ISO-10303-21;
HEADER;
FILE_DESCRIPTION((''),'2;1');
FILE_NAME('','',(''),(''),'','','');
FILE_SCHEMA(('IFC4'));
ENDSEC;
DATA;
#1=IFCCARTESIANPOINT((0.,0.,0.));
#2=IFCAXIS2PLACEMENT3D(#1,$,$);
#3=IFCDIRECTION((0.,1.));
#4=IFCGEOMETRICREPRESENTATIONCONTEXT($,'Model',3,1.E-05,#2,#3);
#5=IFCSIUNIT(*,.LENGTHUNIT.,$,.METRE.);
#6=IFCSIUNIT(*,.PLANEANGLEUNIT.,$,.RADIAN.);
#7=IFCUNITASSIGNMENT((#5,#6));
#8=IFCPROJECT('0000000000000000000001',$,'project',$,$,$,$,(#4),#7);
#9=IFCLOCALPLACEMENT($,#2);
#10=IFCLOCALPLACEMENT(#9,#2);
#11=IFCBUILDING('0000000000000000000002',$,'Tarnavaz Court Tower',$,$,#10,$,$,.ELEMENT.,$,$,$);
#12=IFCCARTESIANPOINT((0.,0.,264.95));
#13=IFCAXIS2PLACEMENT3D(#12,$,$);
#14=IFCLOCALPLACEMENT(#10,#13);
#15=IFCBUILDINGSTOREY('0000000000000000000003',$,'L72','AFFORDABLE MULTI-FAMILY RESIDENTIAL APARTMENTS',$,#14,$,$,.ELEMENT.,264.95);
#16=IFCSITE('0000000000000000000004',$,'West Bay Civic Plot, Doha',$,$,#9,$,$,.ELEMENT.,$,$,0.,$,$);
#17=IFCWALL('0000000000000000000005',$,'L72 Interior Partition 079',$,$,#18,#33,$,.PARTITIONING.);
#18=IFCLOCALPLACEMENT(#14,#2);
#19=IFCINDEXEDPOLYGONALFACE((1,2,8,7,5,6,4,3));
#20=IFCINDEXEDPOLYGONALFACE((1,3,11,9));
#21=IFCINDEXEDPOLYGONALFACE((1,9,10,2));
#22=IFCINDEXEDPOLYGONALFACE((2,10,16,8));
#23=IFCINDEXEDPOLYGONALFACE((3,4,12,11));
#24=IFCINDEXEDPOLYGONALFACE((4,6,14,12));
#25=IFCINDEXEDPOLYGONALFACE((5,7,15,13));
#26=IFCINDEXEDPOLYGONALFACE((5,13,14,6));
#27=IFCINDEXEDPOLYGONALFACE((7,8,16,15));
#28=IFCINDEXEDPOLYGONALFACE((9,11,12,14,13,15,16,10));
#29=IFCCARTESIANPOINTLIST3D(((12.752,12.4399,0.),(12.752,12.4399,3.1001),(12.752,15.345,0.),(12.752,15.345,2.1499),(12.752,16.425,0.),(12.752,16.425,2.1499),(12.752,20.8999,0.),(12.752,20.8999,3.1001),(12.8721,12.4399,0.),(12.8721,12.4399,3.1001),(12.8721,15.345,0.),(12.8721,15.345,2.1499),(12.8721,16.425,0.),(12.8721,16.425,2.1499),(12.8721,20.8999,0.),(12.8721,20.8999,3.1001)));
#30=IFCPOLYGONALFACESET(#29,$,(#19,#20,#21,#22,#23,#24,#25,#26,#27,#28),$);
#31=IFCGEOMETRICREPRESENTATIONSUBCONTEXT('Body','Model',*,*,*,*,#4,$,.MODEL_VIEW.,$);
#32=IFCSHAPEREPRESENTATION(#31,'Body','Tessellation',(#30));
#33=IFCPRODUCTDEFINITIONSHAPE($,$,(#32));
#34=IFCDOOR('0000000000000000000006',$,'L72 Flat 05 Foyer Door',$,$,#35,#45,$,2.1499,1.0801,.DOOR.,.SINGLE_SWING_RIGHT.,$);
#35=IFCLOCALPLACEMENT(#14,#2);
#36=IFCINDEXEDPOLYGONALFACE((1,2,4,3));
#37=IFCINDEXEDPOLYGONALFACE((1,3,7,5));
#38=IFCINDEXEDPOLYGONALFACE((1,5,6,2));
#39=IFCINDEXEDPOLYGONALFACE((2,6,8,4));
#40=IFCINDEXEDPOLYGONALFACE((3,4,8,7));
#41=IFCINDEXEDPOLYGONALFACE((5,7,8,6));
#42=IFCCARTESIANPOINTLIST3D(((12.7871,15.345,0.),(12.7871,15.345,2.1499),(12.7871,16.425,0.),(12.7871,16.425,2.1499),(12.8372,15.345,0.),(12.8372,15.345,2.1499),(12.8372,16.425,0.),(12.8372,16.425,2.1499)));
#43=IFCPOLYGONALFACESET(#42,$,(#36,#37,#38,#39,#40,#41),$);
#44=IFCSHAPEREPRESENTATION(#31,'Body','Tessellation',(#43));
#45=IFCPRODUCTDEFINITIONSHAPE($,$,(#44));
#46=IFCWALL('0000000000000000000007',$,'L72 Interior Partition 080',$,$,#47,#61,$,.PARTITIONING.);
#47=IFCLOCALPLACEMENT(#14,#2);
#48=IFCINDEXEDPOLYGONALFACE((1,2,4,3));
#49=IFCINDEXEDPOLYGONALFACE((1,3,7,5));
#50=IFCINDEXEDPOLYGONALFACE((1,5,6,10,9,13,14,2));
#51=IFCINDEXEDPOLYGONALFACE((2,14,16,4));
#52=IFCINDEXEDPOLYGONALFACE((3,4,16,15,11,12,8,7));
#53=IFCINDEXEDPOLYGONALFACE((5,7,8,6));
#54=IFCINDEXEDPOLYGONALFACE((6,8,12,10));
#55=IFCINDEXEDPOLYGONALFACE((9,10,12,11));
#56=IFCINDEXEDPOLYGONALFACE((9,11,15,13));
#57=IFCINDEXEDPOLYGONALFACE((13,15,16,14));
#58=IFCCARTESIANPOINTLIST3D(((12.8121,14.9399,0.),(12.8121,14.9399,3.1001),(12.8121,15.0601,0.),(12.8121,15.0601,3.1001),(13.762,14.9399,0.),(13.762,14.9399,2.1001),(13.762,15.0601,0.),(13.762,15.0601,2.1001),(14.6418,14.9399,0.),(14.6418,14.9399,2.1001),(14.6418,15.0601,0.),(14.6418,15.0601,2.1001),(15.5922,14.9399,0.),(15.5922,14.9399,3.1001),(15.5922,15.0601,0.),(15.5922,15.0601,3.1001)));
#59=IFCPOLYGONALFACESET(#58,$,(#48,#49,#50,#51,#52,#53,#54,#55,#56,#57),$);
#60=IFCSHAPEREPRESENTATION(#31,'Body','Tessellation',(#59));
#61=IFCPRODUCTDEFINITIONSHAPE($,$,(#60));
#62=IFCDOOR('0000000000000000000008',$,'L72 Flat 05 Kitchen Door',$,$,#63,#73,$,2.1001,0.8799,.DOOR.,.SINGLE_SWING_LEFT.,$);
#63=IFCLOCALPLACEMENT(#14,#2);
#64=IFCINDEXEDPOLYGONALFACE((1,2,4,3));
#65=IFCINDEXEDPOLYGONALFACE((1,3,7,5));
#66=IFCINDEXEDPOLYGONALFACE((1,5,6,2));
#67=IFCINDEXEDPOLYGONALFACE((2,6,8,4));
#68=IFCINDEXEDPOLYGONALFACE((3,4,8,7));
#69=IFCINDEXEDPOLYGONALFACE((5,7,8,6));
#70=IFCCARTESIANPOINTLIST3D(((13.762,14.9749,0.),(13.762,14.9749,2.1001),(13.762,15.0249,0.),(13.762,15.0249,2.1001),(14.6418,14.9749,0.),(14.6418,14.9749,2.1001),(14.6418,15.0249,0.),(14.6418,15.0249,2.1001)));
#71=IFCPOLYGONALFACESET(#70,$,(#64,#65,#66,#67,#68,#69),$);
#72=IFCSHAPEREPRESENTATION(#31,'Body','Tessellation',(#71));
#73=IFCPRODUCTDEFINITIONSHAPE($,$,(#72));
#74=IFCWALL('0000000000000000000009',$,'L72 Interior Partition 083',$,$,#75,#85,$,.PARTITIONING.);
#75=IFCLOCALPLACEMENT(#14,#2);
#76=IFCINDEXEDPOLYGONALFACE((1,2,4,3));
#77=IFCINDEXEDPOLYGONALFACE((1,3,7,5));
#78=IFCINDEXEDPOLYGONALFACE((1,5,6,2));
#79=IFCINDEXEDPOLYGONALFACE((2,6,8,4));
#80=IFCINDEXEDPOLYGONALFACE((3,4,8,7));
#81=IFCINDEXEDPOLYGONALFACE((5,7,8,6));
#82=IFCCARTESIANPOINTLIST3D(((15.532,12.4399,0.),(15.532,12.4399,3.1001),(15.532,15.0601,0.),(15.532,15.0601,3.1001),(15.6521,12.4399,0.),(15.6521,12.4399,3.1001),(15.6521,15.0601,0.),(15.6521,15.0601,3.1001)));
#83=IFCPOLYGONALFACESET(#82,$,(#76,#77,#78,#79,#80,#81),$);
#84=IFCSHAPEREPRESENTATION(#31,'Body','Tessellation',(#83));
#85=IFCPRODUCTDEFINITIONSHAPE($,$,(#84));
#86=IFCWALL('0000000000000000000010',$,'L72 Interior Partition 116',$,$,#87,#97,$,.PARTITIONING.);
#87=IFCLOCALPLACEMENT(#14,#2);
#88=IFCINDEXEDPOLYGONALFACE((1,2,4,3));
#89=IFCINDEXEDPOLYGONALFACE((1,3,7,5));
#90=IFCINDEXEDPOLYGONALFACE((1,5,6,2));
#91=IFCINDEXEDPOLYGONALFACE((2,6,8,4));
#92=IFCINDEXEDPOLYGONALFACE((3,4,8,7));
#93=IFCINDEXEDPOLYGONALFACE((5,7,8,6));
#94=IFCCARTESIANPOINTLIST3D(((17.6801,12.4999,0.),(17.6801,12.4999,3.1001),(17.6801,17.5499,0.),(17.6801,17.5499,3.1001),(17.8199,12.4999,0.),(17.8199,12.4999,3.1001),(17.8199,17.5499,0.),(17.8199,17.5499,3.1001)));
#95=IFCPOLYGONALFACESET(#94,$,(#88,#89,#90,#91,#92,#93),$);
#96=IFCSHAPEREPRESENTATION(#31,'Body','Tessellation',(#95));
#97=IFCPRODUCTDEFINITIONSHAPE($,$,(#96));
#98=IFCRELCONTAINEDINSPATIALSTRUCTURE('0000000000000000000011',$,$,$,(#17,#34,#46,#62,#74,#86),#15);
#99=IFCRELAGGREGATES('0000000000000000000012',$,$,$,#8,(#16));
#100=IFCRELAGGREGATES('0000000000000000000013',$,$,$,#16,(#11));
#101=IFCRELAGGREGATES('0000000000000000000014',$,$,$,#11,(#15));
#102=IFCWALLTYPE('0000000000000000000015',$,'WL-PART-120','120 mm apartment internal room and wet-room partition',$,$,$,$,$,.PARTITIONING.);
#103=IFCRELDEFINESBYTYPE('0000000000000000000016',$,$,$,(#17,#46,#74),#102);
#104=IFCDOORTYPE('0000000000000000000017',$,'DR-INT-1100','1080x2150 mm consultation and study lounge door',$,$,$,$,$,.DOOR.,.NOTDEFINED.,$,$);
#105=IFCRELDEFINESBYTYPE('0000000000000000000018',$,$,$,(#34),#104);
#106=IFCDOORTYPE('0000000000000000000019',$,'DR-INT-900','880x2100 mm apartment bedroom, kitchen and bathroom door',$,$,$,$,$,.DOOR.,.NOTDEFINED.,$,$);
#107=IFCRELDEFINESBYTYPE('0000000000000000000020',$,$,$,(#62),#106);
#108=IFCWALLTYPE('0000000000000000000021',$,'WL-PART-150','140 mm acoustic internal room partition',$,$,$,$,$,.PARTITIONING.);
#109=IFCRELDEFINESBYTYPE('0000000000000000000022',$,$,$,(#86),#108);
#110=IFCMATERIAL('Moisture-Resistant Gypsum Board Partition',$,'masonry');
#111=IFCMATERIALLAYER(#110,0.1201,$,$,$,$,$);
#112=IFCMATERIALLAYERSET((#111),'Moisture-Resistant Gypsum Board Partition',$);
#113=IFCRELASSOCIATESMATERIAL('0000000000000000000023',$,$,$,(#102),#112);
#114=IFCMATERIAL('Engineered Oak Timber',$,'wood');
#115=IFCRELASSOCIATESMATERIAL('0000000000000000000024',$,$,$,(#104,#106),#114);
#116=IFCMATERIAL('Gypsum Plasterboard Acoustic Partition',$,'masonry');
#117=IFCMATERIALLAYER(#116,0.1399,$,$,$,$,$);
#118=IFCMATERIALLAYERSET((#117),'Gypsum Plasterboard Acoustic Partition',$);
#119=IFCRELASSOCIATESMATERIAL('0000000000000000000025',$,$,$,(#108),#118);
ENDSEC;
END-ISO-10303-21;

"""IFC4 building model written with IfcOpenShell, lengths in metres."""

from ifc_helpers import new_model, si_unit, direction, frame, frame_2d, origin, place, context, subcontext, project, spatial, rectangle, extrude, material, layer, layer_set, type_object, element, fill, save


model = new_model("IFC4")

# Units and contexts
model_context = context("Model", 3, precision=1e-05, world=origin(), true_north=direction((0.0, 1.0)))
body_context = subcontext(model_context, "Body", "Model", "MODEL_VIEW")
ifc_project = project(units=[si_unit("LENGTHUNIT", "METRE"), si_unit("PLANEANGLEUNIT", "RADIAN")], contexts=[model_context])

# Site, building, storey
site_placement = place(None, origin())
site = spatial("IfcSite", under=ifc_project, at=site_placement, Name="West Bay Civic Plot, Doha", CompositionType="ELEMENT", RefElevation=0.0)
building_placement = place(site_placement, origin())
building = spatial("IfcBuilding", under=site, at=building_placement, Name="Tarnavaz Court Tower", CompositionType="ELEMENT")
storey_placement = place(building_placement, frame((0.0, 0.0, 264.95)))
storey = spatial("IfcBuildingStorey", under=building, at=storey_placement, Name="L72", Description="AFFORDABLE MULTI-FAMILY RESIDENTIAL APARTMENTS", CompositionType="ELEMENT", Elevation=264.95)

# Walls, openings, doors
ifc_material_1 = material(Name="Engineered Oak Timber", Category="wood")
ifc_material_2 = material(Name="Moisture-Resistant Gypsum Board Partition", Category="masonry")
ifc_layer_1 = layer(ifc_material_2, 0.1201)
ifc_layer_set_1 = layer_set([ifc_layer_1], Name="Moisture-Resistant Gypsum Board Partition")
wall_type_1 = type_object("IfcWallType", Name="WL-PART-120", Description="120 mm apartment internal room and wet-room partition", PredefinedType="PARTITIONING", material=ifc_layer_set_1)
wall_1_placement = place(storey_placement, frame((12.812, 12.4399, 0.0), z_axis=(0.0, 0.0, 1.0), x_axis=(0.0, 1.0, 0.0)))
wall_1 = element("IfcWall", 1, at=wall_1_placement, inside=storey, type_object=wall_type_1, Name="L72 Interior Partition 079", PredefinedType="PARTITIONING", context=body_context, shape_type="SweptSolid", body=[
    extrude(rectangle(XDim=8.46, YDim=0.1201, at=frame_2d((4.23, 0.0))), origin(), (0.0, 0.0, 1.0), 3.1001),
])
opening_1_placement = place(wall_1_placement, frame((2.905, 0.0, 0.0)))
opening_1 = element("IfcOpeningElement", 2, at=opening_1_placement, cuts=wall_1, PredefinedType="OPENING", context=body_context, shape_type="SweptSolid", body=[
    extrude(rectangle(XDim=1.0801, YDim=2.1499, at=frame_2d((0.54, 1.075))), frame((0.0, 0.0701, 0.0), z_axis=(0.0, -1.0, 0.0), x_axis=(1.0, 0.0, 0.0)), (0.0, 0.0, 1.0), 0.1401),
])
door_type_1 = type_object("IfcDoorType", Name="DR-INT-1100", Description="1080x2150 mm consultation and study lounge door", OperationType="NOTDEFINED", PredefinedType="DOOR", material=ifc_material_1)
door_1_placement = place(opening_1_placement, origin())
door_1 = element("IfcDoor", 3, at=door_1_placement, inside=storey, type_object=door_type_1, Name="L72 Flat 05 Foyer Door", OperationType="SINGLE_SWING_RIGHT", OverallHeight=2.1499, OverallWidth=1.0801, PredefinedType="DOOR", context=body_context, shape_type="SweptSolid", body=[
    extrude(rectangle(XDim=1.0801, YDim=2.1499, at=frame_2d((0.54, 1.075))), frame((0.0, 0.0249, 0.0), z_axis=(0.0, -1.0, 0.0), x_axis=(1.0, 0.0, 0.0)), (0.0, 0.0, 1.0), 0.05),
])
fill(opening_1, door_1)
wall_2_placement = place(storey_placement, frame((12.812, 15.0, 0.0), z_axis=(0.0, 0.0, 1.0), x_axis=(1.0, 0.0, 0.0)))
wall_2 = element("IfcWall", 4, at=wall_2_placement, inside=storey, type_object=wall_type_1, Name="L72 Interior Partition 080", PredefinedType="PARTITIONING", context=body_context, shape_type="SweptSolid", body=[
    extrude(rectangle(XDim=2.78, YDim=0.1201, at=frame_2d((1.3901, 0.0))), origin(), (0.0, 0.0, 1.0), 3.1001),
])
opening_2_placement = place(wall_2_placement, frame((0.95, 0.0, 0.0)))
opening_2 = element("IfcOpeningElement", 5, at=opening_2_placement, cuts=wall_2, PredefinedType="OPENING", context=body_context, shape_type="SweptSolid", body=[
    extrude(rectangle(XDim=0.8799, YDim=2.1001, at=frame_2d((0.4399, 1.05))), frame((0.0, 0.0701, 0.0), z_axis=(0.0, -1.0, 0.0), x_axis=(1.0, 0.0, 0.0)), (0.0, 0.0, 1.0), 0.1401),
])
door_type_2 = type_object("IfcDoorType", Name="DR-INT-900", Description="880x2100 mm apartment bedroom, kitchen and bathroom door", OperationType="NOTDEFINED", PredefinedType="DOOR", material=ifc_material_1)
door_2_placement = place(opening_2_placement, origin())
door_2 = element("IfcDoor", 6, at=door_2_placement, inside=storey, type_object=door_type_2, Name="L72 Flat 05 Kitchen Door", OperationType="SINGLE_SWING_LEFT", OverallHeight=2.1001, OverallWidth=0.8799, PredefinedType="DOOR", context=body_context, shape_type="SweptSolid", body=[
    extrude(rectangle(XDim=0.8799, YDim=2.1001, at=frame_2d((0.4399, 1.05))), frame((0.0, 0.0249, 0.0), z_axis=(0.0, -1.0, 0.0), x_axis=(1.0, 0.0, 0.0)), (0.0, 0.0, 1.0), 0.05),
])
fill(opening_2, door_2)

# Walls
wall_3_placement = place(storey_placement, frame((15.592, 12.4399, 0.0), z_axis=(0.0, 0.0, 1.0), x_axis=(0.0, 1.0, 0.0)))
element("IfcWall", 7, at=wall_3_placement, inside=storey, type_object=wall_type_1, Name="L72 Interior Partition 083", PredefinedType="PARTITIONING", context=body_context, shape_type="SweptSolid", body=[
    extrude(rectangle(XDim=2.6201, YDim=0.1201, at=frame_2d((1.3101, 0.0))), origin(), (0.0, 0.0, 1.0), 3.1001),
])
ifc_material_3 = material(Name="Gypsum Plasterboard Acoustic Partition", Category="masonry")
ifc_layer_2 = layer(ifc_material_3, 0.1399)
ifc_layer_set_2 = layer_set([ifc_layer_2], Name="Gypsum Plasterboard Acoustic Partition")
wall_type_2 = type_object("IfcWallType", Name="WL-PART-150", Description="140 mm acoustic internal room partition", PredefinedType="PARTITIONING", material=ifc_layer_set_2)
wall_4_placement = place(storey_placement, frame((17.75, 12.5, 0.0), z_axis=(0.0, 0.0, 1.0), x_axis=(0.0, 1.0, 0.0)))
element("IfcWall", 8, at=wall_4_placement, inside=storey, type_object=wall_type_2, Name="L72 Interior Partition 116", PredefinedType="PARTITIONING", context=body_context, shape_type="SweptSolid", body=[
    extrude(rectangle(XDim=5.05, YDim=0.1399, at=frame_2d((2.5249, 0.0))), origin(), (0.0, 0.0, 1.0), 3.1001),
])

save(model, "model.ifc")
